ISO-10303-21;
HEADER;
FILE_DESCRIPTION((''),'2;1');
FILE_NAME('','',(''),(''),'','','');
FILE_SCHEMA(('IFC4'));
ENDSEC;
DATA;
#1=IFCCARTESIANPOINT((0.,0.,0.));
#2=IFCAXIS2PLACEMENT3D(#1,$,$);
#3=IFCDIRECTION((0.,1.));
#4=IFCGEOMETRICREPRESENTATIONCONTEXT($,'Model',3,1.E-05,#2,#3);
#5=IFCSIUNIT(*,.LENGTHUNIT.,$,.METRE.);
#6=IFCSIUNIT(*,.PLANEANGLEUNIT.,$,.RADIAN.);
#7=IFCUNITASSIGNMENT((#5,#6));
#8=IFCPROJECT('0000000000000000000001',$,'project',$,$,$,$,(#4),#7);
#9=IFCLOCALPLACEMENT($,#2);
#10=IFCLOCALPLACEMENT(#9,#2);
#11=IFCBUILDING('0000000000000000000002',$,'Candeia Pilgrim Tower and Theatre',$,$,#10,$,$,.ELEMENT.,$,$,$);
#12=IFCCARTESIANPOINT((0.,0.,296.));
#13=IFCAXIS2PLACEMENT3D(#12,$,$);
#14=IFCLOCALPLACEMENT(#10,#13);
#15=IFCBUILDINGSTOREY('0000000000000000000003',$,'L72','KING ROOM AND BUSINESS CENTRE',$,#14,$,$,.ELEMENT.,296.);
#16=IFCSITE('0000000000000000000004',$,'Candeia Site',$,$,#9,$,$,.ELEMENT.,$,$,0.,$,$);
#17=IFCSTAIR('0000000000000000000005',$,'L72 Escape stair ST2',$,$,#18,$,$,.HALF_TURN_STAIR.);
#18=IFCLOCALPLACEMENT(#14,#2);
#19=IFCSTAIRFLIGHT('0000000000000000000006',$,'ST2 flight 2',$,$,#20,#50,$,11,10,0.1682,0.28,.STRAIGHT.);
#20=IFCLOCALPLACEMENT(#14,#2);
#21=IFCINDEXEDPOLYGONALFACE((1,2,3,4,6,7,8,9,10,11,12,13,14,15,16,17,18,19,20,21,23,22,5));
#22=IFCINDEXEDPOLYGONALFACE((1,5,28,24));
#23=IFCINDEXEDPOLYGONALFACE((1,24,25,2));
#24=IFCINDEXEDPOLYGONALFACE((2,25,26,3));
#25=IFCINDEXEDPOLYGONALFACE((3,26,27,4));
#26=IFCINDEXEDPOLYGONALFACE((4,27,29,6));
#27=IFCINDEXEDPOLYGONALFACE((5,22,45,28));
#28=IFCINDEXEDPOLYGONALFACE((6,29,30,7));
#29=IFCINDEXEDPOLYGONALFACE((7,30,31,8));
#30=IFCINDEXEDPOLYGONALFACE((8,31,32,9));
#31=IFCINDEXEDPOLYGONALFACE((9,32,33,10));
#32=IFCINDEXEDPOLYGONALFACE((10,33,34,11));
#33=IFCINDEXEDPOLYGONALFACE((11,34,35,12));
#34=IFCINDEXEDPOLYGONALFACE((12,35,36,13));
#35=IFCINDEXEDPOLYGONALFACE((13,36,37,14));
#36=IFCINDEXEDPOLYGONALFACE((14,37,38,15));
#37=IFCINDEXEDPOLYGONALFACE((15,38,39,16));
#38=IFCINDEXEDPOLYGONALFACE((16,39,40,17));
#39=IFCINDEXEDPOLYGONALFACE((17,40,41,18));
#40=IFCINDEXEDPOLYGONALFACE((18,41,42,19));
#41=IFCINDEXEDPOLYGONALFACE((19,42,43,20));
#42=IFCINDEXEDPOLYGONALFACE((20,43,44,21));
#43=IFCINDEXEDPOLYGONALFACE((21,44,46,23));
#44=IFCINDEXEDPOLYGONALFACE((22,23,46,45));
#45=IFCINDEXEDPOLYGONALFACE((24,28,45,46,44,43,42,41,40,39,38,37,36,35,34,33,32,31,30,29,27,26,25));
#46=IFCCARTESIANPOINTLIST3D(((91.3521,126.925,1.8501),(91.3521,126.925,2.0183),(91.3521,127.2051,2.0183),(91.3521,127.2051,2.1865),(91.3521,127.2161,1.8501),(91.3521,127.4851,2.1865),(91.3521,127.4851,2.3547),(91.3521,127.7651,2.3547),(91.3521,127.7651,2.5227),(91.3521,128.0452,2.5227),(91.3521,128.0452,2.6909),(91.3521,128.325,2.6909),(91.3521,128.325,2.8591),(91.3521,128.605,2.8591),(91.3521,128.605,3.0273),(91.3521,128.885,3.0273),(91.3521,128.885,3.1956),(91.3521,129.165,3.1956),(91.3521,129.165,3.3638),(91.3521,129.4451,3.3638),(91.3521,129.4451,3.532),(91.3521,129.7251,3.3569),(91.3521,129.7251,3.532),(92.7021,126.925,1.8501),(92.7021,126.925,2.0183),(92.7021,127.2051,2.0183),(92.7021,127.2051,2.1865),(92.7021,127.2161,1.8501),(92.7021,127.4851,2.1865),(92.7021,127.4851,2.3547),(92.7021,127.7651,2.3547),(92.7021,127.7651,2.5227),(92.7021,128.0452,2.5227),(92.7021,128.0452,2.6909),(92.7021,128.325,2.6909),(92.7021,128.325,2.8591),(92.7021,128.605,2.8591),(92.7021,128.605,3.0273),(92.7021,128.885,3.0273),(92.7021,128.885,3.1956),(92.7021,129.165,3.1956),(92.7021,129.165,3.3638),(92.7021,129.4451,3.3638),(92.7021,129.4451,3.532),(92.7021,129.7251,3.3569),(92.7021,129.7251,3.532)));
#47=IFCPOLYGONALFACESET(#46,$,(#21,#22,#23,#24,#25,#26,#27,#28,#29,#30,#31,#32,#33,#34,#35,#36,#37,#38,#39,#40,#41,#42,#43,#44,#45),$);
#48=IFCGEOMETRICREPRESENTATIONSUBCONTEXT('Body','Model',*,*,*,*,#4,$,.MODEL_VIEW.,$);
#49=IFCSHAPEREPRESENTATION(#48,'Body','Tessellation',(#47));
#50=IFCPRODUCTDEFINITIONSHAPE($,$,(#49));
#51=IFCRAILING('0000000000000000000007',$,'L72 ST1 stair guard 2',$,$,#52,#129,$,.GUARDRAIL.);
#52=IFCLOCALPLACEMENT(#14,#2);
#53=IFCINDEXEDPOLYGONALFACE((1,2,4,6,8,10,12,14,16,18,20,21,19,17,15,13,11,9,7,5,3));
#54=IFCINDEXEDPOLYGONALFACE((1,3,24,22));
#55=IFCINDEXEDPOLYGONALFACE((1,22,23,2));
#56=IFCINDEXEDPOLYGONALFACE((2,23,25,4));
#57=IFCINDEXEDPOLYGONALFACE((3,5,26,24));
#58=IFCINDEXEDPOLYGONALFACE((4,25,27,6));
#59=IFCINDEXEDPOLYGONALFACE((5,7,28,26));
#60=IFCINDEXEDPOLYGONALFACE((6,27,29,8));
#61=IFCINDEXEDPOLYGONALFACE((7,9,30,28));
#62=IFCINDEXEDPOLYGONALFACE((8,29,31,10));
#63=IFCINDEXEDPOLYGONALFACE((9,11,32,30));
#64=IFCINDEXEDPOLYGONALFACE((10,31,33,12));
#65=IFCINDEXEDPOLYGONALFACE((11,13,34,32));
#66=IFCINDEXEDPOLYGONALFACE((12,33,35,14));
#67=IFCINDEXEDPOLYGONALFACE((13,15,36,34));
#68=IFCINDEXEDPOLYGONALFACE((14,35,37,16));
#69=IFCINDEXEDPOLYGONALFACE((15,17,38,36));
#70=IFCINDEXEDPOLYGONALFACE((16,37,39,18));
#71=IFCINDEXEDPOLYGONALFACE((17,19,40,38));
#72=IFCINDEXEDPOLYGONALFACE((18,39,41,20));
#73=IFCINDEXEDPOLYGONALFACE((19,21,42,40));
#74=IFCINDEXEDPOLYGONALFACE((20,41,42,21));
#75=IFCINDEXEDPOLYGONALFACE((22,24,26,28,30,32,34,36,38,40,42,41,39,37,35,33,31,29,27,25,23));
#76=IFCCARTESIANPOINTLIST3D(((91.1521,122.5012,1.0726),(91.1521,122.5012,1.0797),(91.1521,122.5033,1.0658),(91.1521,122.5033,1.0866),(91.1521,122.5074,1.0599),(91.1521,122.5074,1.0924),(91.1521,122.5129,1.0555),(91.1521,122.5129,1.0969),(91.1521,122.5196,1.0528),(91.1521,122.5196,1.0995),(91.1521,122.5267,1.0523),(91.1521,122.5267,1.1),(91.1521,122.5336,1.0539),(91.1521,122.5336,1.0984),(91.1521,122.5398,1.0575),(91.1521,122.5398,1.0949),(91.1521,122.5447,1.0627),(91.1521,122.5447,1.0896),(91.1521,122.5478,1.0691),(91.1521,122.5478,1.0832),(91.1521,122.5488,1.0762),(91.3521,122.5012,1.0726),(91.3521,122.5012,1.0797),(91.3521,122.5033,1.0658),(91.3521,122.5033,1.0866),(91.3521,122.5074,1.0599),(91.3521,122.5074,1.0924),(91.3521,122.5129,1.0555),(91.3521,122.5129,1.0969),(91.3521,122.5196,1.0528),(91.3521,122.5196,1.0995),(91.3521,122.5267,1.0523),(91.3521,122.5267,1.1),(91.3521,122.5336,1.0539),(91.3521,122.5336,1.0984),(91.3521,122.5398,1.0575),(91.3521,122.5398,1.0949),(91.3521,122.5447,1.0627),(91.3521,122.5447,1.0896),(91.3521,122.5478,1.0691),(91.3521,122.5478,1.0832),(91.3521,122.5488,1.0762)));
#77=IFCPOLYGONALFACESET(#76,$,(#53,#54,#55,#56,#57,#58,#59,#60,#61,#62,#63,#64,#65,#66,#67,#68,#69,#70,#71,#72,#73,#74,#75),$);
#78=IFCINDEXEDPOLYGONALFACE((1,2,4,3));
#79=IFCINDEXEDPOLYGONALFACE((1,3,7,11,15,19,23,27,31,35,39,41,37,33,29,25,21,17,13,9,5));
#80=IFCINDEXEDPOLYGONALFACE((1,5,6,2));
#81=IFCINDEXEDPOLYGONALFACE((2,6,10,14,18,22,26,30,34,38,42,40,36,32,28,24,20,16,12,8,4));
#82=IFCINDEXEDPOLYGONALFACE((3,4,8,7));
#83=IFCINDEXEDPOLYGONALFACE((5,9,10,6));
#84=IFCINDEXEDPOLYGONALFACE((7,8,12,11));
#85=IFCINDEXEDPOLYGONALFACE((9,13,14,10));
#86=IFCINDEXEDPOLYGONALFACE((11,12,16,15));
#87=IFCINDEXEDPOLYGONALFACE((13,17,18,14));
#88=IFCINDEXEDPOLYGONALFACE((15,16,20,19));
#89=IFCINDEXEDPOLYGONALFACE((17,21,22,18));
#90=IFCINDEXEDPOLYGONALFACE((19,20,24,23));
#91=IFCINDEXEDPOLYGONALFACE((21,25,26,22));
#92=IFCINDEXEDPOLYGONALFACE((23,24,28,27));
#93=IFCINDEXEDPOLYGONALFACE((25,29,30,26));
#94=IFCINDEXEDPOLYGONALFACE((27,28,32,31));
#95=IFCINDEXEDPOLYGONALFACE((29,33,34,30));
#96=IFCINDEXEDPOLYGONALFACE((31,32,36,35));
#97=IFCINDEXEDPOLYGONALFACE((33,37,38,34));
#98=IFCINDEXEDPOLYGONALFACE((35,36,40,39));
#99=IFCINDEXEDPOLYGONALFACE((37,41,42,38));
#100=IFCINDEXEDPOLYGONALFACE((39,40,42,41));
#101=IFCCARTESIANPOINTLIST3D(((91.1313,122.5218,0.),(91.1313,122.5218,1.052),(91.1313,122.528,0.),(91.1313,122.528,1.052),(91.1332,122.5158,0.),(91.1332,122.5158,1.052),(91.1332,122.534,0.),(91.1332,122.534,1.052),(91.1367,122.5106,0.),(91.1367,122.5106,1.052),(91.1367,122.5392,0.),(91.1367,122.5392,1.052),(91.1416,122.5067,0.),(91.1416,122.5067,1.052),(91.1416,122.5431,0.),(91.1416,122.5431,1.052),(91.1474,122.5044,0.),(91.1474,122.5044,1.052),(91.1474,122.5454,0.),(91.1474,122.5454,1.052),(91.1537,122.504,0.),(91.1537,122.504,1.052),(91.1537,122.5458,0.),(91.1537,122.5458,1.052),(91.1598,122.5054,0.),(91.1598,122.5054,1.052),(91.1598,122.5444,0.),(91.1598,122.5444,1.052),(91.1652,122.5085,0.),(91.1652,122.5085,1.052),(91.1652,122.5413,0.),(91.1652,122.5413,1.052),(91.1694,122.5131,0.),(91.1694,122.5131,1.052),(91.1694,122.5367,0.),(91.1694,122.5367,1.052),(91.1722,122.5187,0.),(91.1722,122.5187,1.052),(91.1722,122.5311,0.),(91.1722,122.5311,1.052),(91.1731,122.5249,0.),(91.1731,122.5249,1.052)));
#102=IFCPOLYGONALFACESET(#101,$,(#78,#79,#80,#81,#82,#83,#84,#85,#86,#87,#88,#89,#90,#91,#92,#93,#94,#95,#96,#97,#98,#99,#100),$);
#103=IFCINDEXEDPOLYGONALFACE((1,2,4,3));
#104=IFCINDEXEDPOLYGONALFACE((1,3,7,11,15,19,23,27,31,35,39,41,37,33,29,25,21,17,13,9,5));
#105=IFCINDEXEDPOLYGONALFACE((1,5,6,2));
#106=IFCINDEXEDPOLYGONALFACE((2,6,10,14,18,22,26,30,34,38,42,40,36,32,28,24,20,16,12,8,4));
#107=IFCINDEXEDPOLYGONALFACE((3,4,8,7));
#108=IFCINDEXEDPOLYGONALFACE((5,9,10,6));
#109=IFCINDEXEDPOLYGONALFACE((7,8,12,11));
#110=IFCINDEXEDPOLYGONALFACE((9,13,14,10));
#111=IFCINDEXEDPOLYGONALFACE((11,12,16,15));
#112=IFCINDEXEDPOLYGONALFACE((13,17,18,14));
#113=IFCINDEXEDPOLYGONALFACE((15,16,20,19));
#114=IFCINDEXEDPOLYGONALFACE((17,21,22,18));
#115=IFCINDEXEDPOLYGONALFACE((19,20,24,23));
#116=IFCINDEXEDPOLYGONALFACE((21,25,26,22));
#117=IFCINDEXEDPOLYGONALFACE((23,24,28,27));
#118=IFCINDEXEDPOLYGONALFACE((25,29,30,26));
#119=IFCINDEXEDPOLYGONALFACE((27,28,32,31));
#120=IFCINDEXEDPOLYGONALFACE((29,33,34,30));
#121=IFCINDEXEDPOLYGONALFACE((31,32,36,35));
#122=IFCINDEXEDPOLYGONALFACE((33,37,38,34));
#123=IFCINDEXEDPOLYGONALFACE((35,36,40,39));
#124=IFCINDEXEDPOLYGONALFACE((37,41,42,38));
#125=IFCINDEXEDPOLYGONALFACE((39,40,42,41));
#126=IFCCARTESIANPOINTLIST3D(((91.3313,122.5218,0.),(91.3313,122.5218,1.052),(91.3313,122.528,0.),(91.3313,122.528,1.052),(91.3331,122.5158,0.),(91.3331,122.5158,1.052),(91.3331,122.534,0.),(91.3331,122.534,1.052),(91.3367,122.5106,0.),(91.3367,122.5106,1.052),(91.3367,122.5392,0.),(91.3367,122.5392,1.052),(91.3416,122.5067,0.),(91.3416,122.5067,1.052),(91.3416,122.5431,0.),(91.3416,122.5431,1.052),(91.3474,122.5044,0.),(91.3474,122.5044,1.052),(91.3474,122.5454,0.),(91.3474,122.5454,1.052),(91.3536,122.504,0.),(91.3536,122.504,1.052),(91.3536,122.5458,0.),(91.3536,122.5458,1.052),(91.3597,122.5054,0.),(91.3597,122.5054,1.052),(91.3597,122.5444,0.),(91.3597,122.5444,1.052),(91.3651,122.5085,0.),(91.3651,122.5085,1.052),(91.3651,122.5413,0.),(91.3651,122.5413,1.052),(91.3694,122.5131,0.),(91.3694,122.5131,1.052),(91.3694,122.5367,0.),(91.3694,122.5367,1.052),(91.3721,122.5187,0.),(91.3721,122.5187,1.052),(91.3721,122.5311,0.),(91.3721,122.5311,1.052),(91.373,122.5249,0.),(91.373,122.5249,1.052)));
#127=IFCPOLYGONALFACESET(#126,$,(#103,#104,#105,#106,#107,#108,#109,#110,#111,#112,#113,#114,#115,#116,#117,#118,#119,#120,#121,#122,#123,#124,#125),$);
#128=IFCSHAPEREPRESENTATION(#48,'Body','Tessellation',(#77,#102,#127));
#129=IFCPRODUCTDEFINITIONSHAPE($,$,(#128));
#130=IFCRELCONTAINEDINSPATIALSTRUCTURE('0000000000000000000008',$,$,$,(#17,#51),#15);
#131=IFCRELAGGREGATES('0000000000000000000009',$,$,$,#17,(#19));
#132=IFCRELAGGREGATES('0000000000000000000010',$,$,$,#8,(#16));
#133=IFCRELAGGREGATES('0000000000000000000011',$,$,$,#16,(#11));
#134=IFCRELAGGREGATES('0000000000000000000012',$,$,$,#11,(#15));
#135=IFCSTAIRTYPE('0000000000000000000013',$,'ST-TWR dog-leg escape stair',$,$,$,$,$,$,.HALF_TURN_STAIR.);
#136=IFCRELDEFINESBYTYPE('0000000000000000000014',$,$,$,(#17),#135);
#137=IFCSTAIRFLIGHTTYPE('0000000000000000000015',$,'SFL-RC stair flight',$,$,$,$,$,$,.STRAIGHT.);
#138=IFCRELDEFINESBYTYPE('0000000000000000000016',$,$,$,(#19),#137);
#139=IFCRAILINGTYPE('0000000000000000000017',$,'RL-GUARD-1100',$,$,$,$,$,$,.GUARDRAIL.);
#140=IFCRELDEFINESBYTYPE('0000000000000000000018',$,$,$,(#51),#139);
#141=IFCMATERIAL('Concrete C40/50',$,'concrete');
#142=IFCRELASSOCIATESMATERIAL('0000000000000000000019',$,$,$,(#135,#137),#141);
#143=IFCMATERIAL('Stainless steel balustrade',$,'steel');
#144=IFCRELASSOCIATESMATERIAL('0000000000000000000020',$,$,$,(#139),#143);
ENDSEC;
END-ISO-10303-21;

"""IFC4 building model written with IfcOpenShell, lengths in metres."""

from ifc_helpers import new_model, si_unit, direction, frame, origin, origin_2d, place, context, subcontext, project, spatial, polyline, circle, outline, extrude, material, type_object, element, aggregate, save


model = new_model("IFC4")

# Units and contexts
model_context = context("Model", 3, precision=1e-05, world=origin(), true_north=direction((0.0, 1.0)))
body_context = subcontext(model_context, "Body", "Model", "MODEL_VIEW")
ifc_project = project(units=[si_unit("LENGTHUNIT", "METRE"), si_unit("PLANEANGLEUNIT", "RADIAN")], contexts=[model_context])

# Site, building, storey
site_placement = place(None, origin())
site = spatial("IfcSite", under=ifc_project, at=site_placement, Name="Candeia Site", CompositionType="ELEMENT", RefElevation=0.0)
building_placement = place(site_placement, origin())
building = spatial("IfcBuilding", under=site, at=building_placement, Name="Candeia Pilgrim Tower and Theatre", CompositionType="ELEMENT")
storey_placement = place(building_placement, frame((0.0, 0.0, 296.0)))
storey = spatial("IfcBuildingStorey", under=building, at=storey_placement, Name="L72", Description="KING ROOM AND BUSINESS CENTRE", CompositionType="ELEMENT", Elevation=296.0)

# Shared definitions
ifc_material_1 = material(Name="Concrete C40/50", Category="concrete")

# Shared definitions
stair_type = type_object("IfcStairType", Name="ST-TWR dog-leg escape stair", PredefinedType="HALF_TURN_STAIR", material=ifc_material_1)
stair_flight_type = type_object("IfcStairFlightType", Name="SFL-RC stair flight", PredefinedType="STRAIGHT", material=ifc_material_1)

# Stair, stair flight
stair_1_placement = place(storey_placement, origin())
stair_1 = element("IfcStair", 1, at=stair_1_placement, inside=storey, type_object=stair_type, Name="L72 Escape stair ST2", PredefinedType="HALF_TURN_STAIR")
stair_flight_1_placement = place(storey_placement, frame((92.0271, 126.925, 1.8501), z_axis=(0.0, 0.0, 1.0), x_axis=(0.0, 1.0, 0.0)))
stair_flight_1 = element("IfcStairFlight", 2, at=stair_flight_1_placement, type_object=stair_flight_type, Name="ST2 flight 2", NumberOfRisers=11, NumberOfTreads=10, PredefinedType="STRAIGHT", RiserHeight=0.1682, TreadLength=0.28, context=body_context, shape_type="SweptSolid", body=[
    extrude(outline(polyline([(0.0, 0.0), (0.0, 0.1682), (0.28, 0.1682), (0.28, 0.3364), (0.5601, 0.3364), (0.5601, 0.5046), (0.8401, 0.5046), (0.8401, 0.6726), (1.1201, 0.6726), (1.1201, 0.8408), (1.3999, 0.8408), (1.3999, 1.009), (1.6799, 1.009), (1.6799, 1.1772), (1.96, 1.1772), (1.96, 1.3455), (2.24, 1.3455), (2.24, 1.5137), (2.52, 1.5137), (2.52, 1.6819), (2.8, 1.6819), (2.8, 1.8501), (2.8, 1.5068), (0.291, 0.0), (0.0, 0.0)])), frame((0.0, 0.675, 0.0), z_axis=(0.0, -1.0, 0.0), x_axis=(1.0, 0.0, 0.0)), (0.0, 0.0, 1.0), 1.3501),
])
aggregate(stair_1, [stair_flight_1])

# Railing
ifc_material_2 = material(Name="Stainless steel balustrade", Category="steel")
railing_type_1 = type_object("IfcRailingType", Name="RL-GUARD-1100", PredefinedType="GUARDRAIL", material=ifc_material_2)
railing_1_placement = place(storey_placement, frame((91.1521, 122.5249, 0.0)))
element("IfcRailing", 3, at=railing_1_placement, inside=storey, type_object=railing_type_1, Name="L72 ST1 stair guard 2", PredefinedType="GUARDRAIL", context=body_context, shape_type="SweptSolid", body=[
    extrude(circle(Radius=0.0239, at=origin_2d()), frame((0.0, 0.0, 1.0762), z_axis=(1.0, 0.0, 0.0), x_axis=(0.0, 1.0, 0.0)), (0.0, 0.0, 1.0), 0.2),
    extrude(circle(Radius=0.021, at=origin_2d()), origin(), (0.0, 0.0, 1.0), 1.052),
    extrude(circle(Radius=0.021, at=origin_2d()), frame((0.2, 0.0, 0.0)), (0.0, 0.0, 1.0), 1.052),
])

save(model, "model.ifc")
